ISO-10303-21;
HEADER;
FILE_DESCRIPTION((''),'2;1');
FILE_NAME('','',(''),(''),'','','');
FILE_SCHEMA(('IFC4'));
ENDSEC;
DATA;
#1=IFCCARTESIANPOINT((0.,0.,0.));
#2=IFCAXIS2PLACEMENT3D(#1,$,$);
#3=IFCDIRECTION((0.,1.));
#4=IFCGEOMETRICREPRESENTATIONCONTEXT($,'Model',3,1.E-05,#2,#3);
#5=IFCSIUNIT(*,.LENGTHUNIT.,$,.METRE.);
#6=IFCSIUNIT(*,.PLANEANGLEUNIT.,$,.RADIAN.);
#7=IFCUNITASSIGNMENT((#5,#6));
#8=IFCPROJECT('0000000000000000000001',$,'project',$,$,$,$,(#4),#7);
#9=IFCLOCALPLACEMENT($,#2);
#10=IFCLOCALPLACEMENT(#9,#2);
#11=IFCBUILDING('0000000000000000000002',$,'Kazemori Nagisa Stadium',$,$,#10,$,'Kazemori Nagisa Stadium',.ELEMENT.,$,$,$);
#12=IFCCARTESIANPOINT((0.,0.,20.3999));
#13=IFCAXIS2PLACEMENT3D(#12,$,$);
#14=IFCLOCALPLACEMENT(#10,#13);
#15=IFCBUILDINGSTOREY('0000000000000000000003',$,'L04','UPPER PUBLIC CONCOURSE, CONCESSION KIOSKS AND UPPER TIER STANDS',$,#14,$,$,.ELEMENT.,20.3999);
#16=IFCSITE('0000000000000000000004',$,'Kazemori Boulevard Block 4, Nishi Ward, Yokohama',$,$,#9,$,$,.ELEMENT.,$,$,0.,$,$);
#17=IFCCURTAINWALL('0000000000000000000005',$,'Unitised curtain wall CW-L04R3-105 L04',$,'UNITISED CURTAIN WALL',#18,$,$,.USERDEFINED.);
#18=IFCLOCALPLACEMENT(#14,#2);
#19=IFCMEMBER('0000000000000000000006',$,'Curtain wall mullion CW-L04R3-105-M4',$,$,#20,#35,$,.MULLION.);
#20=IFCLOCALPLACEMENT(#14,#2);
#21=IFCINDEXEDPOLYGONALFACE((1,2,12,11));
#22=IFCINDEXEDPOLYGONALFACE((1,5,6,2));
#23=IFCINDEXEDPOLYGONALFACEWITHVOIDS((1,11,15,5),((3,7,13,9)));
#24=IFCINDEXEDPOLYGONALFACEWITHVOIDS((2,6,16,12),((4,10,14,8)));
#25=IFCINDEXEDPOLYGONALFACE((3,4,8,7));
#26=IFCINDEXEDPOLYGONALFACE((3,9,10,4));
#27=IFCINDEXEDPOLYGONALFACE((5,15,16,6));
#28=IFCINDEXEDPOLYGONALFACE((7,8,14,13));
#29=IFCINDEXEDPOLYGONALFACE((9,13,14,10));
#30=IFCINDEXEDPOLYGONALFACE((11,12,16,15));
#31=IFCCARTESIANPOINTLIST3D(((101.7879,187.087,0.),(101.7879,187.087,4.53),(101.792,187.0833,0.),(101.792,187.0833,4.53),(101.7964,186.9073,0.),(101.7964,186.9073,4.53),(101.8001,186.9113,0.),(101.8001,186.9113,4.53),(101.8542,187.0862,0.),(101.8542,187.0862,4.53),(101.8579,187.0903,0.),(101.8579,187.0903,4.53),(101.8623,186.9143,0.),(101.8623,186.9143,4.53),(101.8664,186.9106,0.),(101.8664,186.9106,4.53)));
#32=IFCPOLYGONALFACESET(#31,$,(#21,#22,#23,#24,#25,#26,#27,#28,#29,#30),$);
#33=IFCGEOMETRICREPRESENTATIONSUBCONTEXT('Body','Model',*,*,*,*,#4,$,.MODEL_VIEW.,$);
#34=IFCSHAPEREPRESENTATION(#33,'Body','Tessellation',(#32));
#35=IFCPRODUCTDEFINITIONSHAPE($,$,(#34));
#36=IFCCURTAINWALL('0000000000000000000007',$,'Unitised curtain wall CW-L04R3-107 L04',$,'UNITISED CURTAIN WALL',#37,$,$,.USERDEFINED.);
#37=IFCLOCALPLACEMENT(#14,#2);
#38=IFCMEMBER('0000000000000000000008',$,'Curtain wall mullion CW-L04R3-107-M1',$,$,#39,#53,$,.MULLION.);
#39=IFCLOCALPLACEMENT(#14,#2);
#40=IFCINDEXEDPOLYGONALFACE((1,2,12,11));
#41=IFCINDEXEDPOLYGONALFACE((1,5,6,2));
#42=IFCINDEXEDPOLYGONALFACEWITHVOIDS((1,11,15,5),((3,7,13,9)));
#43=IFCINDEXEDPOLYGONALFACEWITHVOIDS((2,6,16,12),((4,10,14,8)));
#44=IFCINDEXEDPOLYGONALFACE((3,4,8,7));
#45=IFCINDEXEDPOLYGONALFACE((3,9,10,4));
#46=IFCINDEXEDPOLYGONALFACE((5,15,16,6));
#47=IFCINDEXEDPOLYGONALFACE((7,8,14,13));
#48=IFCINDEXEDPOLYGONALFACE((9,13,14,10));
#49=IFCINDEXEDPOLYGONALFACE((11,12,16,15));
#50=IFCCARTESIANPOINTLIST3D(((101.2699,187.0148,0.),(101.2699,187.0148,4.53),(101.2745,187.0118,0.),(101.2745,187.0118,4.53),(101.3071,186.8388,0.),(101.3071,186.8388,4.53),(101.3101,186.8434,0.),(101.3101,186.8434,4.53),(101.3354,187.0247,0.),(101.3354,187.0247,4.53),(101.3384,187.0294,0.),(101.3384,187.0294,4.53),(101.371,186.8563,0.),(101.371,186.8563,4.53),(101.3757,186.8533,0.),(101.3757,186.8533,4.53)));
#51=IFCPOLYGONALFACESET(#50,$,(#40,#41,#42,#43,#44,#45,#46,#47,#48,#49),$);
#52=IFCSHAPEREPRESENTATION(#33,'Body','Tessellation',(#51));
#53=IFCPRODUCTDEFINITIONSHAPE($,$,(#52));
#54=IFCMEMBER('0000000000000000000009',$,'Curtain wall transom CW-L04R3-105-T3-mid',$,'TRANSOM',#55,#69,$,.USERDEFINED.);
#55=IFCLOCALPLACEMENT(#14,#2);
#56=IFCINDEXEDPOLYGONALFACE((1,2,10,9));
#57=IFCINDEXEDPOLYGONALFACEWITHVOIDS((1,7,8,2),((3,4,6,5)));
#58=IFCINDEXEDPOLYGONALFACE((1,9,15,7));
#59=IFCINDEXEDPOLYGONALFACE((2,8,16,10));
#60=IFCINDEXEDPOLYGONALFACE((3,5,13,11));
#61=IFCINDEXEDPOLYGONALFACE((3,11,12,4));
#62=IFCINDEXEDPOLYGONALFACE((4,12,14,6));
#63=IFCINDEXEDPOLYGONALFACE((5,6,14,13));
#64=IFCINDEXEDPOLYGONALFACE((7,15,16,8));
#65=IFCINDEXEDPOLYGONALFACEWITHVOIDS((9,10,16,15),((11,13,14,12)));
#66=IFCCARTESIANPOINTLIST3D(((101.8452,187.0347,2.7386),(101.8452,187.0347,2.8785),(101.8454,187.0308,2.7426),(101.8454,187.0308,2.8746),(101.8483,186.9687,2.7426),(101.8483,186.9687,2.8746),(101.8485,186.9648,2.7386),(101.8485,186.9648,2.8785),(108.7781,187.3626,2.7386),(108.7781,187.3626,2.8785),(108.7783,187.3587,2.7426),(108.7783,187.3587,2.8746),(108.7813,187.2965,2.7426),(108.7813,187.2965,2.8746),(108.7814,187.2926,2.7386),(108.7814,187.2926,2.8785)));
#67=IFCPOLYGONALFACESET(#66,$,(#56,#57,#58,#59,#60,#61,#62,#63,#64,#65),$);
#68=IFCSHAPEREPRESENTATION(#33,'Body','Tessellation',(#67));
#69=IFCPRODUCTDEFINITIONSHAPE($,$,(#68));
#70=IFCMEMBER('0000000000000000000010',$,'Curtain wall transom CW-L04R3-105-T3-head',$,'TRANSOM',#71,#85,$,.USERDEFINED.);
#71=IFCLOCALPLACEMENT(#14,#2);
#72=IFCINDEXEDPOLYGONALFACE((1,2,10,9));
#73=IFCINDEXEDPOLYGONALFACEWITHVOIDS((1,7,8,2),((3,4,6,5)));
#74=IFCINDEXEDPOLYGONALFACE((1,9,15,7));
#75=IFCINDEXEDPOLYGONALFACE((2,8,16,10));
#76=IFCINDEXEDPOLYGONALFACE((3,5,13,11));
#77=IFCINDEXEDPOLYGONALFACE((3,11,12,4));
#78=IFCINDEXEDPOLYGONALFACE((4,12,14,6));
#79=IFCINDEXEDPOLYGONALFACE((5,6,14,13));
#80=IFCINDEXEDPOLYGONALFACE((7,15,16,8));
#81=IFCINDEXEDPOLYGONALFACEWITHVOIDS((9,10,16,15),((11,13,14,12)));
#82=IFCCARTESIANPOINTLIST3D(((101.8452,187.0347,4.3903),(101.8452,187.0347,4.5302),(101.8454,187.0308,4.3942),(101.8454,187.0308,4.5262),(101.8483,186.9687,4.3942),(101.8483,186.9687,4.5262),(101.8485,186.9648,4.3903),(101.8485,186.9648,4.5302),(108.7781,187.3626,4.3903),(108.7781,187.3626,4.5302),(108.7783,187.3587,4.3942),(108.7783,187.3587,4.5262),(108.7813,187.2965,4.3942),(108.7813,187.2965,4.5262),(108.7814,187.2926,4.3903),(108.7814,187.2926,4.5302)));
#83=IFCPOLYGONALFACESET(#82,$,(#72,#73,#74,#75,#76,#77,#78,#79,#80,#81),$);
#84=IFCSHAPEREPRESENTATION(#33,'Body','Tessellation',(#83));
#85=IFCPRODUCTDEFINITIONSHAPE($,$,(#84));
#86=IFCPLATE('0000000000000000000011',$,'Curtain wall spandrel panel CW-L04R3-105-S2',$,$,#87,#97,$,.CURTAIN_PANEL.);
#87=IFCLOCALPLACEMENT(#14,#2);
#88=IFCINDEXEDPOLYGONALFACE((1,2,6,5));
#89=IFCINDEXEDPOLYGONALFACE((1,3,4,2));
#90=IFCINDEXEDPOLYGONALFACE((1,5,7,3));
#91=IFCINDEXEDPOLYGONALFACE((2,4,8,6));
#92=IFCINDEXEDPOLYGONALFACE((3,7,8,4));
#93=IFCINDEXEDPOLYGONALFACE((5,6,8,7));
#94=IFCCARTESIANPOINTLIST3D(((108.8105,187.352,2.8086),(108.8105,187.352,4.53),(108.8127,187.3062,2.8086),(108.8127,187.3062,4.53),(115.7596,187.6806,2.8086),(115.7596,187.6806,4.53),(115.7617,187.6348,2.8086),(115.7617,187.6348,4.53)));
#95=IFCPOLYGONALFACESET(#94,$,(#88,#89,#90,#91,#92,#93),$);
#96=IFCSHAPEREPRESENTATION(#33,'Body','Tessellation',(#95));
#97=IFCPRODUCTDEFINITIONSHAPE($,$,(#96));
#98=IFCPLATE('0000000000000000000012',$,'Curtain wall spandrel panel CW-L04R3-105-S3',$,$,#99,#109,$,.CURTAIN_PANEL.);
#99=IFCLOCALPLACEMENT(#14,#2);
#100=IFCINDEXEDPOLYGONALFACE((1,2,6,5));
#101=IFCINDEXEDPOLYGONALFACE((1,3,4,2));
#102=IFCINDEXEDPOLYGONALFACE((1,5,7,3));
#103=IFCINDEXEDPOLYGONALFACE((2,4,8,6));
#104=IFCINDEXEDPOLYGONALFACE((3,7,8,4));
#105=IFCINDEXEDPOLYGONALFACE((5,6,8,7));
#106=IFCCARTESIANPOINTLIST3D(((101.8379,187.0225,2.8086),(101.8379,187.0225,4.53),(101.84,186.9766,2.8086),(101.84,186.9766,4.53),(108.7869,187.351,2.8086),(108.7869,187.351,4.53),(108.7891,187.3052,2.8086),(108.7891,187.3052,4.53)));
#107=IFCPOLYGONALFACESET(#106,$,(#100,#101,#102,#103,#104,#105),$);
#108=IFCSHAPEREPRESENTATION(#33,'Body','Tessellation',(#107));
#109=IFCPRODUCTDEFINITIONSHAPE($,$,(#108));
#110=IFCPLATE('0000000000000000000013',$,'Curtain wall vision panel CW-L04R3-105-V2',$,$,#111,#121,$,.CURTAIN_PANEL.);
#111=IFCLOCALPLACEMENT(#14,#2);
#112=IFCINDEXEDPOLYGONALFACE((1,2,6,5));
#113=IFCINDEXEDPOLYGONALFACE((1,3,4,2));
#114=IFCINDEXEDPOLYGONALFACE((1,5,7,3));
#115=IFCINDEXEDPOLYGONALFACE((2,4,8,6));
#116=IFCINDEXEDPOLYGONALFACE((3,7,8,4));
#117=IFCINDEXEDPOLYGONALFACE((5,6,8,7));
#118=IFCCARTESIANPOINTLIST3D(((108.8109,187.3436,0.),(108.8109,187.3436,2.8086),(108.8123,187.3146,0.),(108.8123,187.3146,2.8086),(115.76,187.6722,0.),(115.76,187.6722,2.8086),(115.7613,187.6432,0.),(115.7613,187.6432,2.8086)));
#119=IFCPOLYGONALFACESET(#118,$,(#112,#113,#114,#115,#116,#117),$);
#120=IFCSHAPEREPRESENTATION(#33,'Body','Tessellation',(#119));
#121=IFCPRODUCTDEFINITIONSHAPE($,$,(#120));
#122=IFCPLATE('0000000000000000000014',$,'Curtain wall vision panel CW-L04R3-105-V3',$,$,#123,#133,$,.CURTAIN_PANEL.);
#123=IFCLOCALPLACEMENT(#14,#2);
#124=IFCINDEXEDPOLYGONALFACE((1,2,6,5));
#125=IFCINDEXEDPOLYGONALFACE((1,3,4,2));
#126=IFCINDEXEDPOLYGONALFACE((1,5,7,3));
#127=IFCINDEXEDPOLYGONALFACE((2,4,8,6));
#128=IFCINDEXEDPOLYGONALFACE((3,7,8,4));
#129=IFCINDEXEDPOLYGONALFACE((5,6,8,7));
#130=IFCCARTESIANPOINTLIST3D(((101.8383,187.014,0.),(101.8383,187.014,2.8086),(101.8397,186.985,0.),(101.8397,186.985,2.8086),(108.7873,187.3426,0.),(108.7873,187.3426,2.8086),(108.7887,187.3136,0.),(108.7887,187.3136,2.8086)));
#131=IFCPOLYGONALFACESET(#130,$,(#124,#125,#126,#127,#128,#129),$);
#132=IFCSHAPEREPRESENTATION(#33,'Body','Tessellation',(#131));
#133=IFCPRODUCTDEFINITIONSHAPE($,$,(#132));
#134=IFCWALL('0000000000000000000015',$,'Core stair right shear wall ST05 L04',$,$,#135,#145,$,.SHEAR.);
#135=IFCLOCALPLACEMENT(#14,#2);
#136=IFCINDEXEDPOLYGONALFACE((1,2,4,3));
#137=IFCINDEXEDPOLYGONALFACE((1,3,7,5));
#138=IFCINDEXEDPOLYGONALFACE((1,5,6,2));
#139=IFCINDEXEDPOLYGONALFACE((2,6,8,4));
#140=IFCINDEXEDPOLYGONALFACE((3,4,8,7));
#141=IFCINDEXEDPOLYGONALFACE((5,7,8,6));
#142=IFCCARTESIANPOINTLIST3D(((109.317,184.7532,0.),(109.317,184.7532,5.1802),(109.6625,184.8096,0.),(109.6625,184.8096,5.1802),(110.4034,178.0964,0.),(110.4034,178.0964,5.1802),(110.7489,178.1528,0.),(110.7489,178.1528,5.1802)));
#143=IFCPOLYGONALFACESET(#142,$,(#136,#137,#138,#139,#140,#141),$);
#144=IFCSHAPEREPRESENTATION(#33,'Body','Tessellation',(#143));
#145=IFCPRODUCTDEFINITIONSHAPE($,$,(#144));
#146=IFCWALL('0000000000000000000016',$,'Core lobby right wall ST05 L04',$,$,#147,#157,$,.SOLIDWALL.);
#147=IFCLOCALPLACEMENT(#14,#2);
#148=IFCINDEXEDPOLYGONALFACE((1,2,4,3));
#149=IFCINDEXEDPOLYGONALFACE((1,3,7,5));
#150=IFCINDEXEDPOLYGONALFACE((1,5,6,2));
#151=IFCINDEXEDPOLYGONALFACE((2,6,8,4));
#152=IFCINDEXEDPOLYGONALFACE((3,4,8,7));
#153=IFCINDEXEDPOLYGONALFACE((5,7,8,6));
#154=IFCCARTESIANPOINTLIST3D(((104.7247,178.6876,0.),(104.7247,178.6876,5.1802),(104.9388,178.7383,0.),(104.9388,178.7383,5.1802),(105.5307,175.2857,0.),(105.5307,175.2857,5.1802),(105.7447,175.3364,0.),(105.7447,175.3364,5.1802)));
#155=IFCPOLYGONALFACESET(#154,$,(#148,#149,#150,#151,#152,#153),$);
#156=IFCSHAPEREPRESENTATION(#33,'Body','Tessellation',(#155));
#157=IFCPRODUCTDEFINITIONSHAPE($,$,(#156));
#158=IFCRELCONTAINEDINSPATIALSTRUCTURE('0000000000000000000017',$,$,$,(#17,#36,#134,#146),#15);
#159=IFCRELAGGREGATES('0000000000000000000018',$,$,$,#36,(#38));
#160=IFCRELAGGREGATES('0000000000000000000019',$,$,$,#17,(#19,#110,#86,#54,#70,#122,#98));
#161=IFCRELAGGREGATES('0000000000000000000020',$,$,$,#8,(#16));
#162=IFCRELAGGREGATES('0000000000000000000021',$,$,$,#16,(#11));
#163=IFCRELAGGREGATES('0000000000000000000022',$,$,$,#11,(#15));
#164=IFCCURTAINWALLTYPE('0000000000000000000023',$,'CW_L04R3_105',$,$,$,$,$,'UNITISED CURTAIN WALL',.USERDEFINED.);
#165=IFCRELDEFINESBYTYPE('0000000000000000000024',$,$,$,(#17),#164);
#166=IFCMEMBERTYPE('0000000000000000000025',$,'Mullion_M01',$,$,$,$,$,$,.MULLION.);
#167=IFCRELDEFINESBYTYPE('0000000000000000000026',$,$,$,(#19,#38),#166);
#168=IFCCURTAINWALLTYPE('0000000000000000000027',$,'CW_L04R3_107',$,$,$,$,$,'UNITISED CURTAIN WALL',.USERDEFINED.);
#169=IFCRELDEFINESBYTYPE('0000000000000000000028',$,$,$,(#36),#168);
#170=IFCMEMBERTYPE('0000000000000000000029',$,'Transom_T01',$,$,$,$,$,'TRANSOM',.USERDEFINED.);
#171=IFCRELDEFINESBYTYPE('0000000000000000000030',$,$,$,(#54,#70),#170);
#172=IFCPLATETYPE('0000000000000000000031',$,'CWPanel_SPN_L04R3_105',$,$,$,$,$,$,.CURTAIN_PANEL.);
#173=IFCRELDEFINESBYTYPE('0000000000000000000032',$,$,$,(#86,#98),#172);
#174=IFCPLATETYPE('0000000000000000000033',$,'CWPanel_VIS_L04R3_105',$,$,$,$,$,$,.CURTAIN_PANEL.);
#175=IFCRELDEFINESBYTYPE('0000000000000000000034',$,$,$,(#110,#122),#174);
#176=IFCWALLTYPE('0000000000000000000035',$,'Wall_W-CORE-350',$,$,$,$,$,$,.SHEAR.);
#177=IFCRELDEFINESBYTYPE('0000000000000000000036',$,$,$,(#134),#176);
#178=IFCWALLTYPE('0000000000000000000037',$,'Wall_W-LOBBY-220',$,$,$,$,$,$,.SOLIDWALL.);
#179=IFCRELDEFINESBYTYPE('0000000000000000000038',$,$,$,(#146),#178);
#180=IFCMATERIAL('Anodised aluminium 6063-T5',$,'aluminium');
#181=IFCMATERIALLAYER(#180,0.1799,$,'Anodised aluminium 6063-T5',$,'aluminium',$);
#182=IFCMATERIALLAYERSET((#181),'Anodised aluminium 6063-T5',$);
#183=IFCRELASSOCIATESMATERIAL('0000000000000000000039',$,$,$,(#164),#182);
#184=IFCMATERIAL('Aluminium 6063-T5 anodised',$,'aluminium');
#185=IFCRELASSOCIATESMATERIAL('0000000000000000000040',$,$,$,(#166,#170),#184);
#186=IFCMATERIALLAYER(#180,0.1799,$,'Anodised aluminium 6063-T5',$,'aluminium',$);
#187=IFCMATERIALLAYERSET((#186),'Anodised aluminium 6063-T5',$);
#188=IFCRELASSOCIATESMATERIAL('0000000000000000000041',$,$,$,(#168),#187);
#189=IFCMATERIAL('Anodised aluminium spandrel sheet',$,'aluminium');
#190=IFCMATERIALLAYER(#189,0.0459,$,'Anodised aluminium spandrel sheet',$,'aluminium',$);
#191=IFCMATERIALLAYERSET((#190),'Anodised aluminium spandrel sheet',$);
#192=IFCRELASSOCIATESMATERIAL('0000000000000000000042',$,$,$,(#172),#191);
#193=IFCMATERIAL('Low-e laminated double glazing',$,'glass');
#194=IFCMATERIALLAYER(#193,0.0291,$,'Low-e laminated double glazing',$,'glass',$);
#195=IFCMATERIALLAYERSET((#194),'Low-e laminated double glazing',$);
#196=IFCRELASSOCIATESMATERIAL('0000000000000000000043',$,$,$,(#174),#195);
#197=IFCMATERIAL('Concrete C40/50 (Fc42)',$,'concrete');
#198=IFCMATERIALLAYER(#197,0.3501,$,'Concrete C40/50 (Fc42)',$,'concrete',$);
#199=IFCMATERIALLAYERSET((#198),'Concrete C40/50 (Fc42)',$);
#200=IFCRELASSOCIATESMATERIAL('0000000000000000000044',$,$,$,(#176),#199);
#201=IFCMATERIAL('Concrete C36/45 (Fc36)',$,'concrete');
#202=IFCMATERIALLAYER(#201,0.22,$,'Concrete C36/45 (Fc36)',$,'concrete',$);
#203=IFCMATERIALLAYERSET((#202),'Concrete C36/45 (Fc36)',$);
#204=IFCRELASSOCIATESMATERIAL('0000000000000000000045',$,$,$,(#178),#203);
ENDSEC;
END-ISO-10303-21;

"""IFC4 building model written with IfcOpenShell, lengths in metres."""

from ifc_helpers import new_model, si_unit, direction, frame, frame_2d, origin, origin_2d, place, context, subcontext, project, spatial, rectangle, hollow_rectangle, extrude, material, layer, layer_set, material_profile, profile_set, type_object, element, aggregate, save


model = new_model("IFC4")

# Units and contexts
model_context = context("Model", 3, precision=1e-05, world=origin(), true_north=direction((0.0, 1.0)))
body_context = subcontext(model_context, "Body", "Model", "MODEL_VIEW")
ifc_project = project(units=[si_unit("LENGTHUNIT", "METRE"), si_unit("PLANEANGLEUNIT", "RADIAN")], contexts=[model_context])

# Site, building, storey
site_placement = place(None, origin())
site = spatial("IfcSite", under=ifc_project, at=site_placement, Name="Kazemori Boulevard Block 4, Nishi Ward, Yokohama", CompositionType="ELEMENT", RefElevation=0.0)
building_placement = place(site_placement, origin())
building = spatial("IfcBuilding", under=site, at=building_placement, Name="Kazemori Nagisa Stadium", LongName="Kazemori Nagisa Stadium", CompositionType="ELEMENT")
storey_placement = place(building_placement, frame((0.0, 0.0, 20.3999)))
storey = spatial("IfcBuildingStorey", under=building, at=storey_placement, Name="L04", Description="UPPER PUBLIC CONCOURSE, CONCESSION KIOSKS AND UPPER TIER STANDS", CompositionType="ELEMENT", Elevation=20.3999)

# Curtain wall, member
ifc_material_1 = material(Name="Anodised aluminium 6063-T5", Category="aluminium")
ifc_layer_1 = layer(ifc_material_1, 0.1799, Name="Anodised aluminium 6063-T5", Category="aluminium")
ifc_layer_set_1 = layer_set([ifc_layer_1], Name="Anodised aluminium 6063-T5")
curtain_wall_type_1 = type_object("IfcCurtainWallType", Name="CW_L04R3_105", ElementType="UNITISED CURTAIN WALL", PredefinedType="USERDEFINED", material=ifc_layer_set_1)
curtain_wall_1_placement = place(storey_placement, origin())
curtain_wall_1 = element("IfcCurtainWall", 1, at=curtain_wall_1_placement, inside=storey, type_object=curtain_wall_type_1, Name="Unitised curtain wall CW-L04R3-105 L04", ObjectType="UNITISED CURTAIN WALL", PredefinedType="USERDEFINED")
ifc_material_2 = material(Name="Aluminium 6063-T5 anodised", Category="aluminium")
ifc_material_profile_1 = material_profile(ifc_material_2, hollow_rectangle(XDim=0.0701, YDim=0.1799, WallThickness=0.0039, at=origin_2d()), Name="ALU-MULL-70x180x4")
ifc_profile_set_1 = profile_set([ifc_material_profile_1], Name="Aluminium 6063-T5 anodised")
member_type_1 = type_object("IfcMemberType", Name="Mullion_M01", PredefinedType="MULLION", material=ifc_profile_set_1)
member_1_placement = place(storey_placement, frame((101.8271, 186.9988, 0.0), z_axis=(0.0, 0.0, 1.0), x_axis=(-0.998884, -0.04723, 0.0)))
member_1 = element("IfcMember", 2, at=member_1_placement, type_object=member_type_1, Name="Curtain wall mullion CW-L04R3-105-M4", PredefinedType="MULLION", context=body_context, shape_type="SweptSolid", body=[
    extrude(hollow_rectangle(XDim=0.0701, YDim=0.1799, WallThickness=0.0039, at=origin_2d()), origin(), (0.0, 0.0, 1.0), 4.53),
])

# Curtain wall, member
ifc_layer_2 = layer(ifc_material_1, 0.1799, Name="Anodised aluminium 6063-T5", Category="aluminium")
ifc_layer_set_2 = layer_set([ifc_layer_2], Name="Anodised aluminium 6063-T5")
curtain_wall_type_2 = type_object("IfcCurtainWallType", Name="CW_L04R3_107", ElementType="UNITISED CURTAIN WALL", PredefinedType="USERDEFINED", material=ifc_layer_set_2)
curtain_wall_2_placement = place(storey_placement, origin())
curtain_wall_2 = element("IfcCurtainWall", 3, at=curtain_wall_2_placement, inside=storey, type_object=curtain_wall_type_2, Name="Unitised curtain wall CW-L04R3-107 L04", ObjectType="UNITISED CURTAIN WALL", PredefinedType="USERDEFINED")
member_2_placement = place(storey_placement, frame((101.3228, 186.9341, 0.0), z_axis=(0.0, 0.0, 1.0), x_axis=(-0.978345, -0.206981, 0.0)))
member_2 = element("IfcMember", 4, at=member_2_placement, type_object=member_type_1, Name="Curtain wall mullion CW-L04R3-107-M1", PredefinedType="MULLION", context=body_context, shape_type="SweptSolid", body=[
    extrude(hollow_rectangle(XDim=0.0701, YDim=0.1799, WallThickness=0.0039, at=origin_2d()), origin(), (0.0, 0.0, 1.0), 4.53),
])
aggregate(curtain_wall_2, [member_2])

# Members
ifc_material_profile_2 = material_profile(ifc_material_2, hollow_rectangle(XDim=0.0701, YDim=0.1399, WallThickness=0.0039, at=origin_2d()), Name="ALU-TRAN-70x140x4")
ifc_profile_set_2 = profile_set([ifc_material_profile_2], Name="Aluminium 6063-T5 anodised")
member_type_2 = type_object("IfcMemberType", Name="Transom_T01", ElementType="TRANSOM", PredefinedType="USERDEFINED", material=ifc_profile_set_2)
member_3_placement = place(storey_placement, frame((108.7798, 187.3276, 2.8086), z_axis=(-0.998884, -0.047241, 0.0), x_axis=(0.047241, -0.998884, 0.0)))
member_3 = element("IfcMember", 5, at=member_3_placement, type_object=member_type_2, Name="Curtain wall transom CW-L04R3-105-T3-mid", ObjectType="TRANSOM", PredefinedType="USERDEFINED", context=body_context, shape_type="SweptSolid", body=[
    extrude(hollow_rectangle(XDim=0.0701, YDim=0.1399, WallThickness=0.0039, at=origin_2d()), origin(), (0.0, 0.0, 1.0), 6.9407),
])
member_4_placement = place(storey_placement, frame((108.7798, 187.3276, 4.4602), z_axis=(-0.998884, -0.047241, 0.0), x_axis=(0.047241, -0.998884, 0.0)))
member_4 = element("IfcMember", 6, at=member_4_placement, type_object=member_type_2, Name="Curtain wall transom CW-L04R3-105-T3-head", ObjectType="TRANSOM", PredefinedType="USERDEFINED", context=body_context, shape_type="SweptSolid", body=[
    extrude(hollow_rectangle(XDim=0.0701, YDim=0.1399, WallThickness=0.0039, at=origin_2d()), origin(), (0.0, 0.0, 1.0), 6.9407),
])

# Plates
ifc_material_3 = material(Name="Anodised aluminium spandrel sheet", Category="aluminium")
ifc_layer_3 = layer(ifc_material_3, 0.0459, Name="Anodised aluminium spandrel sheet", Category="aluminium")
ifc_layer_set_3 = layer_set([ifc_layer_3], Name="Anodised aluminium spandrel sheet")
plate_type_1 = type_object("IfcPlateType", Name="CWPanel_SPN_L04R3_105", PredefinedType="CURTAIN_PANEL", material=ifc_layer_set_3)
plate_1_placement = place(storey_placement, frame((112.2861, 187.4934, 2.8086), z_axis=(0.0, 0.0, 1.0), x_axis=(-0.998884, -0.04723, 0.0)))
plate_1 = element("IfcPlate", 7, at=plate_1_placement, type_object=plate_type_1, Name="Curtain wall spandrel panel CW-L04R3-105-S2", PredefinedType="CURTAIN_PANEL", context=body_context, shape_type="SweptSolid", body=[
    extrude(rectangle(XDim=6.9568, YDim=0.0459, at=origin_2d()), origin(), (0.0, 0.0, 1.0), 1.7214),
])
plate_2_placement = place(storey_placement, frame((105.3135, 187.1638, 2.8086), z_axis=(0.0, 0.0, 1.0), x_axis=(-0.998884, -0.04723, 0.0)))
plate_2 = element("IfcPlate", 8, at=plate_2_placement, type_object=plate_type_1, Name="Curtain wall spandrel panel CW-L04R3-105-S3", PredefinedType="CURTAIN_PANEL", context=body_context, shape_type="SweptSolid", body=[
    extrude(rectangle(XDim=6.9568, YDim=0.0459, at=origin_2d()), origin(), (0.0, 0.0, 1.0), 1.7214),
])
ifc_material_4 = material(Name="Low-e laminated double glazing", Category="glass")
ifc_layer_4 = layer(ifc_material_4, 0.0291, Name="Low-e laminated double glazing", Category="glass")
ifc_layer_set_4 = layer_set([ifc_layer_4], Name="Low-e laminated double glazing")
plate_type_2 = type_object("IfcPlateType", Name="CWPanel_VIS_L04R3_105", PredefinedType="CURTAIN_PANEL", material=ifc_layer_set_4)
plate_3_placement = place(storey_placement, frame((112.2861, 187.4934, 0.0), z_axis=(0.0, 0.0, 1.0), x_axis=(-0.998884, -0.04723, 0.0)))
plate_3 = element("IfcPlate", 9, at=plate_3_placement, type_object=plate_type_2, Name="Curtain wall vision panel CW-L04R3-105-V2", PredefinedType="CURTAIN_PANEL", context=body_context, shape_type="SweptSolid", body=[
    extrude(rectangle(XDim=6.9568, YDim=0.0291, at=origin_2d()), origin(), (0.0, 0.0, 1.0), 2.8086),
])
plate_4_placement = place(storey_placement, frame((105.3135, 187.1638, 0.0), z_axis=(0.0, 0.0, 1.0), x_axis=(-0.998884, -0.04723, 0.0)))
plate_4 = element("IfcPlate", 10, at=plate_4_placement, type_object=plate_type_2, Name="Curtain wall vision panel CW-L04R3-105-V3", PredefinedType="CURTAIN_PANEL", context=body_context, shape_type="SweptSolid", body=[
    extrude(rectangle(XDim=6.9568, YDim=0.0291, at=origin_2d()), origin(), (0.0, 0.0, 1.0), 2.8086),
])
aggregate(curtain_wall_1, [member_1, plate_3, plate_1, member_3, member_4, plate_4, plate_2])

# Walls
ifc_material_5 = material(Name="Concrete C40/50 (Fc42)", Category="concrete")
ifc_layer_5 = layer(ifc_material_5, 0.3501, Name="Concrete C40/50 (Fc42)", Category="concrete")
ifc_layer_set_5 = layer_set([ifc_layer_5], Name="Concrete C40/50 (Fc42)")
wall_type_1 = type_object("IfcWallType", Name="Wall_W-CORE-350", PredefinedType="SHEAR", material=ifc_layer_set_5)
wall_1_placement = place(storey_placement, frame((110.5762, 178.1245, 0.0), z_axis=(0.0, 0.0, 1.0), x_axis=(-0.161076, 0.986942, 0.0)))
element("IfcWall", 11, at=wall_1_placement, inside=storey, type_object=wall_type_1, Name="Core stair right shear wall ST05 L04", PredefinedType="SHEAR", context=body_context, shape_type="SweptSolid", body=[
    extrude(rectangle(XDim=6.7449, YDim=0.3501, at=frame_2d((3.3726, 0.0))), origin(), (0.0, 0.0, 1.0), 5.1802),
])
ifc_material_6 = material(Name="Concrete C36/45 (Fc36)", Category="concrete")
ifc_layer_6 = layer(ifc_material_6, 0.22, Name="Concrete C36/45 (Fc36)", Category="concrete")
ifc_layer_set_6 = layer_set([ifc_layer_6], Name="Concrete C36/45 (Fc36)")
wall_type_2 = type_object("IfcWallType", Name="Wall_W-LOBBY-220", PredefinedType="SOLIDWALL", material=ifc_layer_set_6)
wall_2_placement = place(storey_placement, frame((105.6377, 175.311, 0.0), z_axis=(0.0, 0.0, 1.0), x_axis=(-0.230522, 0.973067, 0.0)))
element("IfcWall", 12, at=wall_2_placement, inside=storey, type_object=wall_type_2, Name="Core lobby right wall ST05 L04", PredefinedType="SOLIDWALL", context=body_context, shape_type="SweptSolid", body=[
    extrude(rectangle(XDim=3.4961, YDim=0.22, at=frame_2d((1.748, 0.0))), origin(), (0.0, 0.0, 1.0), 5.1802),
])

save(model, "model.ifc")
